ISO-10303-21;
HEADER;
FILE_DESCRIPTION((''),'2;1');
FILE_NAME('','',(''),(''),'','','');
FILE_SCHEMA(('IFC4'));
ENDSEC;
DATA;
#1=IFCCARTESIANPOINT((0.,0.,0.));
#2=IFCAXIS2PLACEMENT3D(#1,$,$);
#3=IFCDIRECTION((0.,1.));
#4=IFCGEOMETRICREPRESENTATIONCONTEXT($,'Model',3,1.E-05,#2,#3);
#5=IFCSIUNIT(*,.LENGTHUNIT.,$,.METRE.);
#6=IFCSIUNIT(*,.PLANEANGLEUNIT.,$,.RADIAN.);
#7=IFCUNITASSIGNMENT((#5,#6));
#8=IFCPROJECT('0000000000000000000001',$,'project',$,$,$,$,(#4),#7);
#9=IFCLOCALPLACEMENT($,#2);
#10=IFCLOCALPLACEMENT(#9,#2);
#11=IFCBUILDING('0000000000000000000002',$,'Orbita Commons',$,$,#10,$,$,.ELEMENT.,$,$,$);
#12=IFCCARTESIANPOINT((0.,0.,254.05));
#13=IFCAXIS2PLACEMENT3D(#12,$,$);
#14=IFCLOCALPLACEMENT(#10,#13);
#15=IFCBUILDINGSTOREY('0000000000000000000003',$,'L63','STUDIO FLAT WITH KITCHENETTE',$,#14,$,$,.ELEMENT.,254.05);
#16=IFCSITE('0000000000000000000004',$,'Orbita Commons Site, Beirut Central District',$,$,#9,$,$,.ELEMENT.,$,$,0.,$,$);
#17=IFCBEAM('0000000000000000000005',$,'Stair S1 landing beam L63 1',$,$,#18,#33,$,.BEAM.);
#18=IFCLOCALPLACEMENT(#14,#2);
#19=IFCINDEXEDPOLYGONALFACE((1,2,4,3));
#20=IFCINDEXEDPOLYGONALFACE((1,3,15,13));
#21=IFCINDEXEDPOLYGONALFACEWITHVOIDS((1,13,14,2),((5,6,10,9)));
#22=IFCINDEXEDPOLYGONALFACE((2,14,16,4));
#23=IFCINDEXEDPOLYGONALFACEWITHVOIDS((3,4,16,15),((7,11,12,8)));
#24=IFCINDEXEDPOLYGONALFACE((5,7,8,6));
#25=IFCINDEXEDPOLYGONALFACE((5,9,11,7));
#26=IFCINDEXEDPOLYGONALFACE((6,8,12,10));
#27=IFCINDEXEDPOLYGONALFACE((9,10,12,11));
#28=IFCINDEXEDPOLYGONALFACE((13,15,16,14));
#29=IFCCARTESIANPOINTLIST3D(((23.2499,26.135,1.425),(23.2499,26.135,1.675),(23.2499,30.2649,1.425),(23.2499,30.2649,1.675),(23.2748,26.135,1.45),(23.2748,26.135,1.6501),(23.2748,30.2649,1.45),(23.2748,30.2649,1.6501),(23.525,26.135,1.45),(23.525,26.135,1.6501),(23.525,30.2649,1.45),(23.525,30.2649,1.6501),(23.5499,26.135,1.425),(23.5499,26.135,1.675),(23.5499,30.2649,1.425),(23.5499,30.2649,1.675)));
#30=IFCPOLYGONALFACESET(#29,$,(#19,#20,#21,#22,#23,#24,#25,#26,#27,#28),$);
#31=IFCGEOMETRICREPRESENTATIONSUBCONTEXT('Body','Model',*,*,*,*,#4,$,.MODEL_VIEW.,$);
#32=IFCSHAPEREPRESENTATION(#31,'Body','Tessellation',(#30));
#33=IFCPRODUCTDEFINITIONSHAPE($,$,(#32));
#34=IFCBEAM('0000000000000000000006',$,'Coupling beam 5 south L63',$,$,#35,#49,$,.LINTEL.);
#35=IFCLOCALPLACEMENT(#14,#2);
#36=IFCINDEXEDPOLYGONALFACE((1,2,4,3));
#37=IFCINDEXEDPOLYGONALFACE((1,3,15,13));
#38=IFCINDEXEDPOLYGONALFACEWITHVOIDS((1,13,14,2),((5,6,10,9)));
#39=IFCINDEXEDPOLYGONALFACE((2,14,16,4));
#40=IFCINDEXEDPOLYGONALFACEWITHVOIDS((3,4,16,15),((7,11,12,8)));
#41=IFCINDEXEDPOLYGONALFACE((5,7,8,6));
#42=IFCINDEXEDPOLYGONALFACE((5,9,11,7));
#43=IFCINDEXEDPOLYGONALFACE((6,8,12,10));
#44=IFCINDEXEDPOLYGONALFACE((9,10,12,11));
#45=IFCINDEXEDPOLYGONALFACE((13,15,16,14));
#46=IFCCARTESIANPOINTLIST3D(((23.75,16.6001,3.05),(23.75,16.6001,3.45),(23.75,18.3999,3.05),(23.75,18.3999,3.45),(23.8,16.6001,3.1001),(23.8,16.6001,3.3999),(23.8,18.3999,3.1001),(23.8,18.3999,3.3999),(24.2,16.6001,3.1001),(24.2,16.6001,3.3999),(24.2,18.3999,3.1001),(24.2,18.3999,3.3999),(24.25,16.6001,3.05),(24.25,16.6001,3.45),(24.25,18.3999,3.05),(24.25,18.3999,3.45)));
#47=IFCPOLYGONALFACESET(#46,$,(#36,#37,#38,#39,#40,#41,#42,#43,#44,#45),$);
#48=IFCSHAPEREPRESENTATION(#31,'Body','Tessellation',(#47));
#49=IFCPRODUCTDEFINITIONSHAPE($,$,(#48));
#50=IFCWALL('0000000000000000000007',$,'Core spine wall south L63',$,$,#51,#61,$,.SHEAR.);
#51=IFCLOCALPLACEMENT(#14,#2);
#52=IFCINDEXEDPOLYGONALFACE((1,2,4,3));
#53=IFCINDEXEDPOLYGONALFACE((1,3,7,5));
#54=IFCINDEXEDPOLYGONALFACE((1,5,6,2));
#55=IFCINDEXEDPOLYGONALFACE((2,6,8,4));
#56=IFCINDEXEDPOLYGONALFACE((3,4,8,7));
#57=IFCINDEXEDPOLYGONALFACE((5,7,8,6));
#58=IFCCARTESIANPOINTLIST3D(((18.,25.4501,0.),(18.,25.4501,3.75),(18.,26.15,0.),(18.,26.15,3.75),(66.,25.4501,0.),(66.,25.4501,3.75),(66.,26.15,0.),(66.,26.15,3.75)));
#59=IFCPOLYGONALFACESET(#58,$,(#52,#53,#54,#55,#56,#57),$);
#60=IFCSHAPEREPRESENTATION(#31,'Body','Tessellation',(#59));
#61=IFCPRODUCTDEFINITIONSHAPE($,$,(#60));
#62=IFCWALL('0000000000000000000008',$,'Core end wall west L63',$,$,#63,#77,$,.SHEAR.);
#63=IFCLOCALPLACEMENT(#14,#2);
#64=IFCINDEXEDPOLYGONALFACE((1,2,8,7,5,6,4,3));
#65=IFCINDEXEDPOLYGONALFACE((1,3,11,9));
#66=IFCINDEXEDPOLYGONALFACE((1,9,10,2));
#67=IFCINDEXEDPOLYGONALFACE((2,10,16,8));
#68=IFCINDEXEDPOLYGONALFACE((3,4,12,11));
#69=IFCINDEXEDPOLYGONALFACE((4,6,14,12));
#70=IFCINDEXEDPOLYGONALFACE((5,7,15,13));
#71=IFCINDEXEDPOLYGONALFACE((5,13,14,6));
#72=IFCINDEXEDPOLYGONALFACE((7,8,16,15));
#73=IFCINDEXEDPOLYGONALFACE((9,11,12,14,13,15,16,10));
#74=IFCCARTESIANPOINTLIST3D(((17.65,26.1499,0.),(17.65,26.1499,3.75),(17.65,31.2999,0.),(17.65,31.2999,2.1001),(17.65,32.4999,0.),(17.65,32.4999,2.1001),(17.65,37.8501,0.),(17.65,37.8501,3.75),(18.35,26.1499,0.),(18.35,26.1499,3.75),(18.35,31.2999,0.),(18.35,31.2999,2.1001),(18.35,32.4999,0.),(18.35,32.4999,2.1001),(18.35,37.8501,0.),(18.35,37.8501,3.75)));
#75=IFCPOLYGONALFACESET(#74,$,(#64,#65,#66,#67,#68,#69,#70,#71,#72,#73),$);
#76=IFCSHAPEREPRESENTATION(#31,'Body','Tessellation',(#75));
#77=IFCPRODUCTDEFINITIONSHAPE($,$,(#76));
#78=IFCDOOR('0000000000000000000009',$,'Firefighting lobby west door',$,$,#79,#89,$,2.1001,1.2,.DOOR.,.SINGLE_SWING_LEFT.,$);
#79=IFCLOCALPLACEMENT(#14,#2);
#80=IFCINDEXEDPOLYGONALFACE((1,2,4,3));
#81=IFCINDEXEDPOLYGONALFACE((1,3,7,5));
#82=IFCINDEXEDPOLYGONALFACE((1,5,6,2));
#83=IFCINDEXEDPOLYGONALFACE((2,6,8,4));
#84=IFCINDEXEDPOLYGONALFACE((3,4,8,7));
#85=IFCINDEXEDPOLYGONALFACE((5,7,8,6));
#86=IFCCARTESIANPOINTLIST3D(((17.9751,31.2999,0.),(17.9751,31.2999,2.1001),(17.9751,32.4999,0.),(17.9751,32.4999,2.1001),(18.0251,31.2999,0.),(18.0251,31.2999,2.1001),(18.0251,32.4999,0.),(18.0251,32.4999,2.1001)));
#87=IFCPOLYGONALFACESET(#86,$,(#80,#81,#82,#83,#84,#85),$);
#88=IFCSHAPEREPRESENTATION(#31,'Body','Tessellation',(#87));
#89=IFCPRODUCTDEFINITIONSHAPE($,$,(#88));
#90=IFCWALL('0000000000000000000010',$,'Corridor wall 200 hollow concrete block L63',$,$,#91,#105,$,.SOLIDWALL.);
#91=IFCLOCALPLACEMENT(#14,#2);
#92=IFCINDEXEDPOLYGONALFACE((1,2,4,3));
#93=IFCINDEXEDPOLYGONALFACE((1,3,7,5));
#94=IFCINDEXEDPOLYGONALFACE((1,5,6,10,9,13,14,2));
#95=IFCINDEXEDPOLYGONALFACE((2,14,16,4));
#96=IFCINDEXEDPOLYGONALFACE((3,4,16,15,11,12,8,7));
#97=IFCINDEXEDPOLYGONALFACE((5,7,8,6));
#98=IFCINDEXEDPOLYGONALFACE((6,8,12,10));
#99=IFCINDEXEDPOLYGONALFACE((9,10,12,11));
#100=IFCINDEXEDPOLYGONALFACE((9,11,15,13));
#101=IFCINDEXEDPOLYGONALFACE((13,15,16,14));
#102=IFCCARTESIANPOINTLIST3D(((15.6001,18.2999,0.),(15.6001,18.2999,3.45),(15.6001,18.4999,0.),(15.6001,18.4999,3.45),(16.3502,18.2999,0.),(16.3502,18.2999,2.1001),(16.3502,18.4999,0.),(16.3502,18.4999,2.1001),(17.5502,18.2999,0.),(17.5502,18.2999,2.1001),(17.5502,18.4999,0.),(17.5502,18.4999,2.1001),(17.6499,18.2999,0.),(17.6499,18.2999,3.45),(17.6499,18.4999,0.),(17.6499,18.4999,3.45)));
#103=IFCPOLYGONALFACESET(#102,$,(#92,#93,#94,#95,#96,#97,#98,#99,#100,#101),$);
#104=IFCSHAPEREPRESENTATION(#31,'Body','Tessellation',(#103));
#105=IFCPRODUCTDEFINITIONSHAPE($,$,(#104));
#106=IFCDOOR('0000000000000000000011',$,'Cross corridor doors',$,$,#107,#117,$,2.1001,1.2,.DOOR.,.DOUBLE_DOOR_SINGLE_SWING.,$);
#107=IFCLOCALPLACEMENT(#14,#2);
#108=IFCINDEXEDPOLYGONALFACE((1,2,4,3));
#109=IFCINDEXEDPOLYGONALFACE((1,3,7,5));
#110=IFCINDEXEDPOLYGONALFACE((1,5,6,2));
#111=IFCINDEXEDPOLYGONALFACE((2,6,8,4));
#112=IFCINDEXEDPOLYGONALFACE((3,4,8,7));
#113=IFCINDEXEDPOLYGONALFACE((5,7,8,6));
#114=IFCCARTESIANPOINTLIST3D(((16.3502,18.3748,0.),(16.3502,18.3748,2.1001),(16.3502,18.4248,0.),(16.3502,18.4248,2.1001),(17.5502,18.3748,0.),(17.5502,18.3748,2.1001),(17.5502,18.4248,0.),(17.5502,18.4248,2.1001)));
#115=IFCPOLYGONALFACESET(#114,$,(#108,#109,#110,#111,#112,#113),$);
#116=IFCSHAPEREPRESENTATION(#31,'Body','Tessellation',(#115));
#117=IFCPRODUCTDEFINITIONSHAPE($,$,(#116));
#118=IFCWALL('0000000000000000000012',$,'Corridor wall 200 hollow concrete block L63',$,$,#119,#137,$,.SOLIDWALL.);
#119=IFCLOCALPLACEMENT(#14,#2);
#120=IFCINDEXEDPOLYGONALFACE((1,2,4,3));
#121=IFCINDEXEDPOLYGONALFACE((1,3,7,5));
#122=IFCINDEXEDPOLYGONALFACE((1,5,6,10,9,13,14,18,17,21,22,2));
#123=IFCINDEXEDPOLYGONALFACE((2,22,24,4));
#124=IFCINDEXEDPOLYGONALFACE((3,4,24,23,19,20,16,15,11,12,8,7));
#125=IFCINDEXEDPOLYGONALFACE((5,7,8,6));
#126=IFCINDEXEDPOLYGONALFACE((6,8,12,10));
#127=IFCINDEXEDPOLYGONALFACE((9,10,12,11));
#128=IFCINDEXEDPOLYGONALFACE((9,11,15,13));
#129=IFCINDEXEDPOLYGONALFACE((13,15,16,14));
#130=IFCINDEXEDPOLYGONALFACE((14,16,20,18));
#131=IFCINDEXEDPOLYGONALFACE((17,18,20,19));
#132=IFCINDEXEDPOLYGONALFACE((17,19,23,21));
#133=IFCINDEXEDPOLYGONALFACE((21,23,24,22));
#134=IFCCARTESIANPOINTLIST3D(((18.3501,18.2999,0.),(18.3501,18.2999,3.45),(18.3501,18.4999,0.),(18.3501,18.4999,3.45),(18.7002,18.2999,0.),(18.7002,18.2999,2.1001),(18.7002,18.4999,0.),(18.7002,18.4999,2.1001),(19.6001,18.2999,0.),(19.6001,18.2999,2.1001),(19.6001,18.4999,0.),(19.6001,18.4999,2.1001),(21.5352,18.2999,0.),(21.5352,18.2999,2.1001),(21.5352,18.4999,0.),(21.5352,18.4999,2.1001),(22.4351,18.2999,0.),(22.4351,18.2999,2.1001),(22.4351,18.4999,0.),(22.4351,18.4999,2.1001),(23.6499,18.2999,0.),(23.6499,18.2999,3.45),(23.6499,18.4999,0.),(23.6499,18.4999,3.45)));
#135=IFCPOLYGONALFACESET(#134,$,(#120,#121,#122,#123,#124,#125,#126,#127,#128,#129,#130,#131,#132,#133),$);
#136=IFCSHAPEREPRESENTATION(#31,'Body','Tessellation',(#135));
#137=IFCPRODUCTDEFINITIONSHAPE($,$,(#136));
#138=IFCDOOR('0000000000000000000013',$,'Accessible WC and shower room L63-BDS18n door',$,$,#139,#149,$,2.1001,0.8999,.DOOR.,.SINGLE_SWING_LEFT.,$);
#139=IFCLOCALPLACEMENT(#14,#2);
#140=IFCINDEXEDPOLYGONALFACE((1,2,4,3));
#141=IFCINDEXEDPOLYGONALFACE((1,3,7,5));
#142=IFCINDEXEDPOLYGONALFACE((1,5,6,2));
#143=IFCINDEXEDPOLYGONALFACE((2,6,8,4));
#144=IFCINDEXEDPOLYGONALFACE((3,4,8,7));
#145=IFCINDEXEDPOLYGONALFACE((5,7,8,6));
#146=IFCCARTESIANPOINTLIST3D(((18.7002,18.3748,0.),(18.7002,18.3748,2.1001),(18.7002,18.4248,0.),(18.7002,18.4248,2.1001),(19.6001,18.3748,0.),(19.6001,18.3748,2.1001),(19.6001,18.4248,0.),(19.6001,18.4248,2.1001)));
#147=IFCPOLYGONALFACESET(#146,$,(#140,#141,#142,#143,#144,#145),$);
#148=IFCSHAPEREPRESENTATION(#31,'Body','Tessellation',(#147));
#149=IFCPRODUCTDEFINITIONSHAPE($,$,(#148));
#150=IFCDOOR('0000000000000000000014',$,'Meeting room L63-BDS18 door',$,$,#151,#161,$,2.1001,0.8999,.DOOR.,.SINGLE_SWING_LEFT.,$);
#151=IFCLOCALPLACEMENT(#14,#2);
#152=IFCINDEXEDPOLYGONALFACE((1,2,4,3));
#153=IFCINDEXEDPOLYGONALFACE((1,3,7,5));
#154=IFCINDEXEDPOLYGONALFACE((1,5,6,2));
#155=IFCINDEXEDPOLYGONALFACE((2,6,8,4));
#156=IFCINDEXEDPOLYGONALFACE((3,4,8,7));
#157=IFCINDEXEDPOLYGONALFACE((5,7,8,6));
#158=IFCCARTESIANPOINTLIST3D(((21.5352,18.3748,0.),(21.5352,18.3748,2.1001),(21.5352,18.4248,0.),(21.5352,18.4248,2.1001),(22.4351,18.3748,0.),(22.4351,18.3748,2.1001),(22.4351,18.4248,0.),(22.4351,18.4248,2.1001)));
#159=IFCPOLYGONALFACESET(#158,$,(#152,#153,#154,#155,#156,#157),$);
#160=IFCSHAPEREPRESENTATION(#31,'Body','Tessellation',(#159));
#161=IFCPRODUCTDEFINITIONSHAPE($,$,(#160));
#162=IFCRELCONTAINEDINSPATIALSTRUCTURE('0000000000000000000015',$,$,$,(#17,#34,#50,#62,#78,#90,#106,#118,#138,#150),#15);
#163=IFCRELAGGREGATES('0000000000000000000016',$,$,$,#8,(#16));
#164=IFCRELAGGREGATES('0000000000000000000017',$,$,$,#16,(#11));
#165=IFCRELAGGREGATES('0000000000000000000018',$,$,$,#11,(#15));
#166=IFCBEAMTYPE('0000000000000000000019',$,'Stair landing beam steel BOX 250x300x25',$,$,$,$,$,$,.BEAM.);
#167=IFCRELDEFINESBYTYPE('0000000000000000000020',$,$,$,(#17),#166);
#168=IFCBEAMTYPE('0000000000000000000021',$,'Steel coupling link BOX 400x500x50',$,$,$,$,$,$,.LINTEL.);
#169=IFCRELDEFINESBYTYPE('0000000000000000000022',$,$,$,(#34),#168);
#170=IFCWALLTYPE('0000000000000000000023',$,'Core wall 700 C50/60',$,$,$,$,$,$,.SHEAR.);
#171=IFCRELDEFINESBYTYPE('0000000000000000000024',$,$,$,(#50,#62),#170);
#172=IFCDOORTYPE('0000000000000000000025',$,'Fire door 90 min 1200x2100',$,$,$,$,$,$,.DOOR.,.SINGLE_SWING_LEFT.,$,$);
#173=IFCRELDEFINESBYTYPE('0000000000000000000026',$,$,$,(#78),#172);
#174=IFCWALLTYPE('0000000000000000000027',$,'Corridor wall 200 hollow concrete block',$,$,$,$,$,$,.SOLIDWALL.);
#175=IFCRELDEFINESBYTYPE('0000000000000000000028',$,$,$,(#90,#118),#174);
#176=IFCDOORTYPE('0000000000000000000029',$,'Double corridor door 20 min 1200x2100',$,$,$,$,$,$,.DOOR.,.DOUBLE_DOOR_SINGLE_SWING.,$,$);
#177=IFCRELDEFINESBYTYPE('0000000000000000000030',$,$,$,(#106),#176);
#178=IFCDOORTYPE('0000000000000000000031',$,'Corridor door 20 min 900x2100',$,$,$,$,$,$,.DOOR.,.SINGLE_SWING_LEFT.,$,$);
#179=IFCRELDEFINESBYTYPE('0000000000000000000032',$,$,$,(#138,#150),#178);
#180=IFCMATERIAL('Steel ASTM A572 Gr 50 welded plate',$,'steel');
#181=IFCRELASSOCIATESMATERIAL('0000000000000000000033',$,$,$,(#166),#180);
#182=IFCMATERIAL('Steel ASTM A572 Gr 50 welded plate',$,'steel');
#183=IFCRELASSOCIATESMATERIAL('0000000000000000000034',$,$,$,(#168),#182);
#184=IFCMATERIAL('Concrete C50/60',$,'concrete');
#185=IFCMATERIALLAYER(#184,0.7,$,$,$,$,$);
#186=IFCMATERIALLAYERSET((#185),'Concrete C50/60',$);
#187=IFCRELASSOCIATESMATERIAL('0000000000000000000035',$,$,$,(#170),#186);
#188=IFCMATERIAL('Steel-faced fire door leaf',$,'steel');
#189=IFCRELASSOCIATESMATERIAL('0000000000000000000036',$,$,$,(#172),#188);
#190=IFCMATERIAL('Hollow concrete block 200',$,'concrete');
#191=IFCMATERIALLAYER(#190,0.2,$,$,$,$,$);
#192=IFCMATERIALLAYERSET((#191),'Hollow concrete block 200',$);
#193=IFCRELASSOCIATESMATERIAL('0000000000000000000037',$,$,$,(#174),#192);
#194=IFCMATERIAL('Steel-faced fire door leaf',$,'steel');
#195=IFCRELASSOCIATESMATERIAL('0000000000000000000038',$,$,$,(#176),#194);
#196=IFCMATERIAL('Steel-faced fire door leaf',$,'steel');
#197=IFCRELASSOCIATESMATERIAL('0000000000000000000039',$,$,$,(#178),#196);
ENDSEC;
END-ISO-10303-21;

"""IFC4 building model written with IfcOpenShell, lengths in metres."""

from ifc_helpers import new_model, si_unit, direction, frame, frame_2d, origin, origin_2d, place, context, subcontext, project, spatial, rectangle, hollow_rectangle, extrude, material, layer, layer_set, material_profile, profile_set, type_object, element, fill, save


model = new_model("IFC4")

# Units and contexts
model_context = context("Model", 3, precision=1e-05, world=origin(), true_north=direction((0.0, 1.0)))
body_context = subcontext(model_context, "Body", "Model", "MODEL_VIEW")
ifc_project = project(units=[si_unit("LENGTHUNIT", "METRE"), si_unit("PLANEANGLEUNIT", "RADIAN")], contexts=[model_context])

# Site, building, storey
site_placement = place(None, origin())
site = spatial("IfcSite", under=ifc_project, at=site_placement, Name="Orbita Commons Site, Beirut Central District", CompositionType="ELEMENT", RefElevation=0.0)
building_placement = place(site_placement, origin())
building = spatial("IfcBuilding", under=site, at=building_placement, Name="Orbita Commons", CompositionType="ELEMENT")
storey_placement = place(building_placement, frame((0.0, 0.0, 254.05)))
storey = spatial("IfcBuildingStorey", under=building, at=storey_placement, Name="L63", Description="STUDIO FLAT WITH KITCHENETTE", CompositionType="ELEMENT", Elevation=254.05)

# Beams
ifc_material_1 = material(Name="Steel ASTM A572 Gr 50 welded plate", Category="steel")
ifc_material_profile_1 = material_profile(ifc_material_1, hollow_rectangle(XDim=0.3, YDim=0.25, WallThickness=0.0249, at=origin_2d()), Name="BOX 250x300x25")
ifc_profile_set_1 = profile_set([ifc_material_profile_1], Name="Steel ASTM A572 Gr 50 welded plate")
beam_type_1 = type_object("IfcBeamType", Name="Stair landing beam steel BOX 250x300x25", PredefinedType="BEAM", material=ifc_profile_set_1)
beam_1_placement = place(storey_placement, frame((23.3999, 26.135, 1.55), z_axis=(0.0, 1.0, 0.0), x_axis=(-1.0, 0.0, 0.0)))
element("IfcBeam", 1, at=beam_1_placement, inside=storey, type_object=beam_type_1, Name="Stair S1 landing beam L63 1", PredefinedType="BEAM", context=body_context, shape_type="SweptSolid", body=[
    extrude(hollow_rectangle(XDim=0.3, YDim=0.25, WallThickness=0.0249, at=origin_2d()), origin(), (0.0, 0.0, 1.0), 4.1299),
])
ifc_material_2 = material(Name="Steel ASTM A572 Gr 50 welded plate", Category="steel")
ifc_material_profile_2 = material_profile(ifc_material_2, hollow_rectangle(XDim=0.5, YDim=0.3999, WallThickness=0.05, at=origin_2d()), Name="BOX 400x500x50")
ifc_profile_set_2 = profile_set([ifc_material_profile_2], Name="Steel ASTM A572 Gr 50 welded plate")
beam_type_2 = type_object("IfcBeamType", Name="Steel coupling link BOX 400x500x50", PredefinedType="LINTEL", material=ifc_profile_set_2)
beam_2_placement = place(storey_placement, frame((24.0, 16.6001, 3.25), z_axis=(0.0, 1.0, 0.0), x_axis=(-1.0, 0.0, 0.0)))
element("IfcBeam", 2, at=beam_2_placement, inside=storey, type_object=beam_type_2, Name="Coupling beam 5 south L63", PredefinedType="LINTEL", context=body_context, shape_type="SweptSolid", body=[
    extrude(hollow_rectangle(XDim=0.5, YDim=0.3999, WallThickness=0.05, at=origin_2d()), origin(), (0.0, 0.0, 1.0), 1.7998),
])

# Wall
ifc_material_3 = material(Name="Concrete C50/60", Category="concrete")
ifc_layer_1 = layer(ifc_material_3, 0.7)
ifc_layer_set_1 = layer_set([ifc_layer_1], Name="Concrete C50/60")
wall_type_1 = type_object("IfcWallType", Name="Core wall 700 C50/60", PredefinedType="SHEAR", material=ifc_layer_set_1)
wall_1_placement = place(storey_placement, frame((18.0, 25.8, 0.0), z_axis=(0.0, 0.0, 1.0), x_axis=(1.0, 0.0, 0.0)))
element("IfcWall", 3, at=wall_1_placement, inside=storey, type_object=wall_type_1, Name="Core spine wall south L63", PredefinedType="SHEAR", context=body_context, shape_type="SweptSolid", body=[
    extrude(rectangle(XDim=48.0, YDim=0.7, at=frame_2d((24.0, 0.0))), origin(), (0.0, 0.0, 1.0), 3.75),
])

# Walls, openings, doors
wall_2_placement = place(storey_placement, frame((18.0, 26.1499, 0.0), z_axis=(0.0, 0.0, 1.0), x_axis=(0.0, 1.0, 0.0)))
wall_2 = element("IfcWall", 4, at=wall_2_placement, inside=storey, type_object=wall_type_1, Name="Core end wall west L63", PredefinedType="SHEAR", context=body_context, shape_type="SweptSolid", body=[
    extrude(rectangle(XDim=11.7002, YDim=0.7, at=frame_2d((5.8501, 0.0))), origin(), (0.0, 0.0, 1.0), 3.75),
])
opening_1_placement = place(wall_2_placement, frame((5.1499, 0.0, 0.0)))
opening_1 = element("IfcOpeningElement", 5, at=opening_1_placement, cuts=wall_2, PredefinedType="OPENING", context=body_context, shape_type="SweptSolid", body=[
    extrude(rectangle(XDim=1.2, YDim=2.1001, at=frame_2d((0.6001, 1.05))), frame((0.0, 0.3599, 0.0), z_axis=(0.0, -1.0, 0.0), x_axis=(1.0, 0.0, 0.0)), (0.0, 0.0, 1.0), 0.72),
])
ifc_material_4 = material(Name="Steel-faced fire door leaf", Category="steel")
door_type_1 = type_object("IfcDoorType", Name="Fire door 90 min 1200x2100", OperationType="SINGLE_SWING_LEFT", PredefinedType="DOOR", material=ifc_material_4)
door_1_placement = place(opening_1_placement, origin())
door_1 = element("IfcDoor", 6, at=door_1_placement, inside=storey, type_object=door_type_1, Name="Firefighting lobby west door", OperationType="SINGLE_SWING_LEFT", OverallHeight=2.1001, OverallWidth=1.2, PredefinedType="DOOR", context=body_context, shape_type="SweptSolid", body=[
    extrude(rectangle(XDim=1.2, YDim=2.1001, at=frame_2d((0.6001, 1.05))), frame((0.0, 0.0249, 0.0), z_axis=(0.0, -1.0, 0.0), x_axis=(1.0, 0.0, 0.0)), (0.0, 0.0, 1.0), 0.05),
])
fill(opening_1, door_1)
ifc_material_5 = material(Name="Hollow concrete block 200", Category="concrete")
ifc_layer_2 = layer(ifc_material_5, 0.2)
ifc_layer_set_2 = layer_set([ifc_layer_2], Name="Hollow concrete block 200")
wall_type_2 = type_object("IfcWallType", Name="Corridor wall 200 hollow concrete block", PredefinedType="SOLIDWALL", material=ifc_layer_set_2)
wall_3_placement = place(storey_placement, frame((15.6001, 18.3999, 0.0), z_axis=(0.0, 0.0, 1.0), x_axis=(1.0, 0.0, 0.0)))
wall_3 = element("IfcWall", 7, at=wall_3_placement, inside=storey, type_object=wall_type_2, Name="Corridor wall 200 hollow concrete block L63", PredefinedType="SOLIDWALL", context=body_context, shape_type="SweptSolid", body=[
    extrude(rectangle(XDim=2.0498, YDim=0.2, at=frame_2d((1.0249, 0.0))), origin(), (0.0, 0.0, 1.0), 3.45),
])
opening_2_placement = place(wall_3_placement, frame((0.75, 0.0, 0.0)))
opening_2 = element("IfcOpeningElement", 8, at=opening_2_placement, cuts=wall_3, PredefinedType="OPENING", context=body_context, shape_type="SweptSolid", body=[
    extrude(rectangle(XDim=1.2, YDim=2.1001, at=frame_2d((0.6001, 1.05))), frame((0.0, 0.1099, 0.0), z_axis=(0.0, -1.0, 0.0), x_axis=(1.0, 0.0, 0.0)), (0.0, 0.0, 1.0), 0.22),
])
ifc_material_6 = material(Name="Steel-faced fire door leaf", Category="steel")
door_type_2 = type_object("IfcDoorType", Name="Double corridor door 20 min 1200x2100", OperationType="DOUBLE_DOOR_SINGLE_SWING", PredefinedType="DOOR", material=ifc_material_6)
door_2_placement = place(opening_2_placement, origin())
door_2 = element("IfcDoor", 9, at=door_2_placement, inside=storey, type_object=door_type_2, Name="Cross corridor doors", OperationType="DOUBLE_DOOR_SINGLE_SWING", OverallHeight=2.1001, OverallWidth=1.2, PredefinedType="DOOR", context=body_context, shape_type="SweptSolid", body=[
    extrude(rectangle(XDim=1.2, YDim=2.1001, at=frame_2d((0.6001, 1.05))), frame((0.0, 0.0249, 0.0), z_axis=(0.0, -1.0, 0.0), x_axis=(1.0, 0.0, 0.0)), (0.0, 0.0, 1.0), 0.05),
])
fill(opening_2, door_2)

# Wall, openings, doors
wall_4_placement = place(storey_placement, frame((18.3501, 18.3999, 0.0), z_axis=(0.0, 0.0, 1.0), x_axis=(1.0, 0.0, 0.0)))
wall_4 = element("IfcWall", 10, at=wall_4_placement, inside=storey, type_object=wall_type_2, Name="Corridor wall 200 hollow concrete block L63", PredefinedType="SOLIDWALL", context=body_context, shape_type="SweptSolid", body=[
    extrude(rectangle(XDim=5.2998, YDim=0.2, at=frame_2d((2.6499, 0.0))), origin(), (0.0, 0.0, 1.0), 3.45),
])
opening_3_placement = place(wall_4_placement, frame((0.3501, 0.0, 0.0)))
opening_3 = element("IfcOpeningElement", 11, at=opening_3_placement, cuts=wall_4, PredefinedType="OPENING", context=body_context, shape_type="SweptSolid", body=[
    extrude(rectangle(XDim=0.8999, YDim=2.1001, at=frame_2d((0.45, 1.05))), frame((0.0, 0.1099, 0.0), z_axis=(0.0, -1.0, 0.0), x_axis=(1.0, 0.0, 0.0)), (0.0, 0.0, 1.0), 0.22),
])
opening_4_placement = place(wall_4_placement, frame((3.1851, 0.0, 0.0)))
opening_4 = element("IfcOpeningElement", 12, at=opening_4_placement, cuts=wall_4, PredefinedType="OPENING", context=body_context, shape_type="SweptSolid", body=[
    extrude(rectangle(XDim=0.8999, YDim=2.1001, at=frame_2d((0.45, 1.05))), frame((0.0, 0.1099, 0.0), z_axis=(0.0, -1.0, 0.0), x_axis=(1.0, 0.0, 0.0)), (0.0, 0.0, 1.0), 0.22),
])
ifc_material_7 = material(Name="Steel-faced fire door leaf", Category="steel")
door_type_3 = type_object("IfcDoorType", Name="Corridor door 20 min 900x2100", OperationType="SINGLE_SWING_LEFT", PredefinedType="DOOR", material=ifc_material_7)
door_3_placement = place(opening_3_placement, origin())
door_3 = element("IfcDoor", 13, at=door_3_placement, inside=storey, type_object=door_type_3, Name="Accessible WC and shower room L63-BDS18n door", OperationType="SINGLE_SWING_LEFT", OverallHeight=2.1001, OverallWidth=0.8999, PredefinedType="DOOR", context=body_context, shape_type="SweptSolid", body=[
    extrude(rectangle(XDim=0.8999, YDim=2.1001, at=frame_2d((0.45, 1.05))), frame((0.0, 0.0249, 0.0), z_axis=(0.0, -1.0, 0.0), x_axis=(1.0, 0.0, 0.0)), (0.0, 0.0, 1.0), 0.05),
])
fill(opening_3, door_3)
door_4_placement = place(opening_4_placement, origin())
door_4 = element("IfcDoor", 14, at=door_4_placement, inside=storey, type_object=door_type_3, Name="Meeting room L63-BDS18 door", OperationType="SINGLE_SWING_LEFT", OverallHeight=2.1001, OverallWidth=0.8999, PredefinedType="DOOR", context=body_context, shape_type="SweptSolid", body=[
    extrude(rectangle(XDim=0.8999, YDim=2.1001, at=frame_2d((0.45, 1.05))), frame((0.0, 0.0249, 0.0), z_axis=(0.0, -1.0, 0.0), x_axis=(1.0, 0.0, 0.0)), (0.0, 0.0, 1.0), 0.05),
])
fill(opening_4, door_4)

save(model, "model.ifc")
